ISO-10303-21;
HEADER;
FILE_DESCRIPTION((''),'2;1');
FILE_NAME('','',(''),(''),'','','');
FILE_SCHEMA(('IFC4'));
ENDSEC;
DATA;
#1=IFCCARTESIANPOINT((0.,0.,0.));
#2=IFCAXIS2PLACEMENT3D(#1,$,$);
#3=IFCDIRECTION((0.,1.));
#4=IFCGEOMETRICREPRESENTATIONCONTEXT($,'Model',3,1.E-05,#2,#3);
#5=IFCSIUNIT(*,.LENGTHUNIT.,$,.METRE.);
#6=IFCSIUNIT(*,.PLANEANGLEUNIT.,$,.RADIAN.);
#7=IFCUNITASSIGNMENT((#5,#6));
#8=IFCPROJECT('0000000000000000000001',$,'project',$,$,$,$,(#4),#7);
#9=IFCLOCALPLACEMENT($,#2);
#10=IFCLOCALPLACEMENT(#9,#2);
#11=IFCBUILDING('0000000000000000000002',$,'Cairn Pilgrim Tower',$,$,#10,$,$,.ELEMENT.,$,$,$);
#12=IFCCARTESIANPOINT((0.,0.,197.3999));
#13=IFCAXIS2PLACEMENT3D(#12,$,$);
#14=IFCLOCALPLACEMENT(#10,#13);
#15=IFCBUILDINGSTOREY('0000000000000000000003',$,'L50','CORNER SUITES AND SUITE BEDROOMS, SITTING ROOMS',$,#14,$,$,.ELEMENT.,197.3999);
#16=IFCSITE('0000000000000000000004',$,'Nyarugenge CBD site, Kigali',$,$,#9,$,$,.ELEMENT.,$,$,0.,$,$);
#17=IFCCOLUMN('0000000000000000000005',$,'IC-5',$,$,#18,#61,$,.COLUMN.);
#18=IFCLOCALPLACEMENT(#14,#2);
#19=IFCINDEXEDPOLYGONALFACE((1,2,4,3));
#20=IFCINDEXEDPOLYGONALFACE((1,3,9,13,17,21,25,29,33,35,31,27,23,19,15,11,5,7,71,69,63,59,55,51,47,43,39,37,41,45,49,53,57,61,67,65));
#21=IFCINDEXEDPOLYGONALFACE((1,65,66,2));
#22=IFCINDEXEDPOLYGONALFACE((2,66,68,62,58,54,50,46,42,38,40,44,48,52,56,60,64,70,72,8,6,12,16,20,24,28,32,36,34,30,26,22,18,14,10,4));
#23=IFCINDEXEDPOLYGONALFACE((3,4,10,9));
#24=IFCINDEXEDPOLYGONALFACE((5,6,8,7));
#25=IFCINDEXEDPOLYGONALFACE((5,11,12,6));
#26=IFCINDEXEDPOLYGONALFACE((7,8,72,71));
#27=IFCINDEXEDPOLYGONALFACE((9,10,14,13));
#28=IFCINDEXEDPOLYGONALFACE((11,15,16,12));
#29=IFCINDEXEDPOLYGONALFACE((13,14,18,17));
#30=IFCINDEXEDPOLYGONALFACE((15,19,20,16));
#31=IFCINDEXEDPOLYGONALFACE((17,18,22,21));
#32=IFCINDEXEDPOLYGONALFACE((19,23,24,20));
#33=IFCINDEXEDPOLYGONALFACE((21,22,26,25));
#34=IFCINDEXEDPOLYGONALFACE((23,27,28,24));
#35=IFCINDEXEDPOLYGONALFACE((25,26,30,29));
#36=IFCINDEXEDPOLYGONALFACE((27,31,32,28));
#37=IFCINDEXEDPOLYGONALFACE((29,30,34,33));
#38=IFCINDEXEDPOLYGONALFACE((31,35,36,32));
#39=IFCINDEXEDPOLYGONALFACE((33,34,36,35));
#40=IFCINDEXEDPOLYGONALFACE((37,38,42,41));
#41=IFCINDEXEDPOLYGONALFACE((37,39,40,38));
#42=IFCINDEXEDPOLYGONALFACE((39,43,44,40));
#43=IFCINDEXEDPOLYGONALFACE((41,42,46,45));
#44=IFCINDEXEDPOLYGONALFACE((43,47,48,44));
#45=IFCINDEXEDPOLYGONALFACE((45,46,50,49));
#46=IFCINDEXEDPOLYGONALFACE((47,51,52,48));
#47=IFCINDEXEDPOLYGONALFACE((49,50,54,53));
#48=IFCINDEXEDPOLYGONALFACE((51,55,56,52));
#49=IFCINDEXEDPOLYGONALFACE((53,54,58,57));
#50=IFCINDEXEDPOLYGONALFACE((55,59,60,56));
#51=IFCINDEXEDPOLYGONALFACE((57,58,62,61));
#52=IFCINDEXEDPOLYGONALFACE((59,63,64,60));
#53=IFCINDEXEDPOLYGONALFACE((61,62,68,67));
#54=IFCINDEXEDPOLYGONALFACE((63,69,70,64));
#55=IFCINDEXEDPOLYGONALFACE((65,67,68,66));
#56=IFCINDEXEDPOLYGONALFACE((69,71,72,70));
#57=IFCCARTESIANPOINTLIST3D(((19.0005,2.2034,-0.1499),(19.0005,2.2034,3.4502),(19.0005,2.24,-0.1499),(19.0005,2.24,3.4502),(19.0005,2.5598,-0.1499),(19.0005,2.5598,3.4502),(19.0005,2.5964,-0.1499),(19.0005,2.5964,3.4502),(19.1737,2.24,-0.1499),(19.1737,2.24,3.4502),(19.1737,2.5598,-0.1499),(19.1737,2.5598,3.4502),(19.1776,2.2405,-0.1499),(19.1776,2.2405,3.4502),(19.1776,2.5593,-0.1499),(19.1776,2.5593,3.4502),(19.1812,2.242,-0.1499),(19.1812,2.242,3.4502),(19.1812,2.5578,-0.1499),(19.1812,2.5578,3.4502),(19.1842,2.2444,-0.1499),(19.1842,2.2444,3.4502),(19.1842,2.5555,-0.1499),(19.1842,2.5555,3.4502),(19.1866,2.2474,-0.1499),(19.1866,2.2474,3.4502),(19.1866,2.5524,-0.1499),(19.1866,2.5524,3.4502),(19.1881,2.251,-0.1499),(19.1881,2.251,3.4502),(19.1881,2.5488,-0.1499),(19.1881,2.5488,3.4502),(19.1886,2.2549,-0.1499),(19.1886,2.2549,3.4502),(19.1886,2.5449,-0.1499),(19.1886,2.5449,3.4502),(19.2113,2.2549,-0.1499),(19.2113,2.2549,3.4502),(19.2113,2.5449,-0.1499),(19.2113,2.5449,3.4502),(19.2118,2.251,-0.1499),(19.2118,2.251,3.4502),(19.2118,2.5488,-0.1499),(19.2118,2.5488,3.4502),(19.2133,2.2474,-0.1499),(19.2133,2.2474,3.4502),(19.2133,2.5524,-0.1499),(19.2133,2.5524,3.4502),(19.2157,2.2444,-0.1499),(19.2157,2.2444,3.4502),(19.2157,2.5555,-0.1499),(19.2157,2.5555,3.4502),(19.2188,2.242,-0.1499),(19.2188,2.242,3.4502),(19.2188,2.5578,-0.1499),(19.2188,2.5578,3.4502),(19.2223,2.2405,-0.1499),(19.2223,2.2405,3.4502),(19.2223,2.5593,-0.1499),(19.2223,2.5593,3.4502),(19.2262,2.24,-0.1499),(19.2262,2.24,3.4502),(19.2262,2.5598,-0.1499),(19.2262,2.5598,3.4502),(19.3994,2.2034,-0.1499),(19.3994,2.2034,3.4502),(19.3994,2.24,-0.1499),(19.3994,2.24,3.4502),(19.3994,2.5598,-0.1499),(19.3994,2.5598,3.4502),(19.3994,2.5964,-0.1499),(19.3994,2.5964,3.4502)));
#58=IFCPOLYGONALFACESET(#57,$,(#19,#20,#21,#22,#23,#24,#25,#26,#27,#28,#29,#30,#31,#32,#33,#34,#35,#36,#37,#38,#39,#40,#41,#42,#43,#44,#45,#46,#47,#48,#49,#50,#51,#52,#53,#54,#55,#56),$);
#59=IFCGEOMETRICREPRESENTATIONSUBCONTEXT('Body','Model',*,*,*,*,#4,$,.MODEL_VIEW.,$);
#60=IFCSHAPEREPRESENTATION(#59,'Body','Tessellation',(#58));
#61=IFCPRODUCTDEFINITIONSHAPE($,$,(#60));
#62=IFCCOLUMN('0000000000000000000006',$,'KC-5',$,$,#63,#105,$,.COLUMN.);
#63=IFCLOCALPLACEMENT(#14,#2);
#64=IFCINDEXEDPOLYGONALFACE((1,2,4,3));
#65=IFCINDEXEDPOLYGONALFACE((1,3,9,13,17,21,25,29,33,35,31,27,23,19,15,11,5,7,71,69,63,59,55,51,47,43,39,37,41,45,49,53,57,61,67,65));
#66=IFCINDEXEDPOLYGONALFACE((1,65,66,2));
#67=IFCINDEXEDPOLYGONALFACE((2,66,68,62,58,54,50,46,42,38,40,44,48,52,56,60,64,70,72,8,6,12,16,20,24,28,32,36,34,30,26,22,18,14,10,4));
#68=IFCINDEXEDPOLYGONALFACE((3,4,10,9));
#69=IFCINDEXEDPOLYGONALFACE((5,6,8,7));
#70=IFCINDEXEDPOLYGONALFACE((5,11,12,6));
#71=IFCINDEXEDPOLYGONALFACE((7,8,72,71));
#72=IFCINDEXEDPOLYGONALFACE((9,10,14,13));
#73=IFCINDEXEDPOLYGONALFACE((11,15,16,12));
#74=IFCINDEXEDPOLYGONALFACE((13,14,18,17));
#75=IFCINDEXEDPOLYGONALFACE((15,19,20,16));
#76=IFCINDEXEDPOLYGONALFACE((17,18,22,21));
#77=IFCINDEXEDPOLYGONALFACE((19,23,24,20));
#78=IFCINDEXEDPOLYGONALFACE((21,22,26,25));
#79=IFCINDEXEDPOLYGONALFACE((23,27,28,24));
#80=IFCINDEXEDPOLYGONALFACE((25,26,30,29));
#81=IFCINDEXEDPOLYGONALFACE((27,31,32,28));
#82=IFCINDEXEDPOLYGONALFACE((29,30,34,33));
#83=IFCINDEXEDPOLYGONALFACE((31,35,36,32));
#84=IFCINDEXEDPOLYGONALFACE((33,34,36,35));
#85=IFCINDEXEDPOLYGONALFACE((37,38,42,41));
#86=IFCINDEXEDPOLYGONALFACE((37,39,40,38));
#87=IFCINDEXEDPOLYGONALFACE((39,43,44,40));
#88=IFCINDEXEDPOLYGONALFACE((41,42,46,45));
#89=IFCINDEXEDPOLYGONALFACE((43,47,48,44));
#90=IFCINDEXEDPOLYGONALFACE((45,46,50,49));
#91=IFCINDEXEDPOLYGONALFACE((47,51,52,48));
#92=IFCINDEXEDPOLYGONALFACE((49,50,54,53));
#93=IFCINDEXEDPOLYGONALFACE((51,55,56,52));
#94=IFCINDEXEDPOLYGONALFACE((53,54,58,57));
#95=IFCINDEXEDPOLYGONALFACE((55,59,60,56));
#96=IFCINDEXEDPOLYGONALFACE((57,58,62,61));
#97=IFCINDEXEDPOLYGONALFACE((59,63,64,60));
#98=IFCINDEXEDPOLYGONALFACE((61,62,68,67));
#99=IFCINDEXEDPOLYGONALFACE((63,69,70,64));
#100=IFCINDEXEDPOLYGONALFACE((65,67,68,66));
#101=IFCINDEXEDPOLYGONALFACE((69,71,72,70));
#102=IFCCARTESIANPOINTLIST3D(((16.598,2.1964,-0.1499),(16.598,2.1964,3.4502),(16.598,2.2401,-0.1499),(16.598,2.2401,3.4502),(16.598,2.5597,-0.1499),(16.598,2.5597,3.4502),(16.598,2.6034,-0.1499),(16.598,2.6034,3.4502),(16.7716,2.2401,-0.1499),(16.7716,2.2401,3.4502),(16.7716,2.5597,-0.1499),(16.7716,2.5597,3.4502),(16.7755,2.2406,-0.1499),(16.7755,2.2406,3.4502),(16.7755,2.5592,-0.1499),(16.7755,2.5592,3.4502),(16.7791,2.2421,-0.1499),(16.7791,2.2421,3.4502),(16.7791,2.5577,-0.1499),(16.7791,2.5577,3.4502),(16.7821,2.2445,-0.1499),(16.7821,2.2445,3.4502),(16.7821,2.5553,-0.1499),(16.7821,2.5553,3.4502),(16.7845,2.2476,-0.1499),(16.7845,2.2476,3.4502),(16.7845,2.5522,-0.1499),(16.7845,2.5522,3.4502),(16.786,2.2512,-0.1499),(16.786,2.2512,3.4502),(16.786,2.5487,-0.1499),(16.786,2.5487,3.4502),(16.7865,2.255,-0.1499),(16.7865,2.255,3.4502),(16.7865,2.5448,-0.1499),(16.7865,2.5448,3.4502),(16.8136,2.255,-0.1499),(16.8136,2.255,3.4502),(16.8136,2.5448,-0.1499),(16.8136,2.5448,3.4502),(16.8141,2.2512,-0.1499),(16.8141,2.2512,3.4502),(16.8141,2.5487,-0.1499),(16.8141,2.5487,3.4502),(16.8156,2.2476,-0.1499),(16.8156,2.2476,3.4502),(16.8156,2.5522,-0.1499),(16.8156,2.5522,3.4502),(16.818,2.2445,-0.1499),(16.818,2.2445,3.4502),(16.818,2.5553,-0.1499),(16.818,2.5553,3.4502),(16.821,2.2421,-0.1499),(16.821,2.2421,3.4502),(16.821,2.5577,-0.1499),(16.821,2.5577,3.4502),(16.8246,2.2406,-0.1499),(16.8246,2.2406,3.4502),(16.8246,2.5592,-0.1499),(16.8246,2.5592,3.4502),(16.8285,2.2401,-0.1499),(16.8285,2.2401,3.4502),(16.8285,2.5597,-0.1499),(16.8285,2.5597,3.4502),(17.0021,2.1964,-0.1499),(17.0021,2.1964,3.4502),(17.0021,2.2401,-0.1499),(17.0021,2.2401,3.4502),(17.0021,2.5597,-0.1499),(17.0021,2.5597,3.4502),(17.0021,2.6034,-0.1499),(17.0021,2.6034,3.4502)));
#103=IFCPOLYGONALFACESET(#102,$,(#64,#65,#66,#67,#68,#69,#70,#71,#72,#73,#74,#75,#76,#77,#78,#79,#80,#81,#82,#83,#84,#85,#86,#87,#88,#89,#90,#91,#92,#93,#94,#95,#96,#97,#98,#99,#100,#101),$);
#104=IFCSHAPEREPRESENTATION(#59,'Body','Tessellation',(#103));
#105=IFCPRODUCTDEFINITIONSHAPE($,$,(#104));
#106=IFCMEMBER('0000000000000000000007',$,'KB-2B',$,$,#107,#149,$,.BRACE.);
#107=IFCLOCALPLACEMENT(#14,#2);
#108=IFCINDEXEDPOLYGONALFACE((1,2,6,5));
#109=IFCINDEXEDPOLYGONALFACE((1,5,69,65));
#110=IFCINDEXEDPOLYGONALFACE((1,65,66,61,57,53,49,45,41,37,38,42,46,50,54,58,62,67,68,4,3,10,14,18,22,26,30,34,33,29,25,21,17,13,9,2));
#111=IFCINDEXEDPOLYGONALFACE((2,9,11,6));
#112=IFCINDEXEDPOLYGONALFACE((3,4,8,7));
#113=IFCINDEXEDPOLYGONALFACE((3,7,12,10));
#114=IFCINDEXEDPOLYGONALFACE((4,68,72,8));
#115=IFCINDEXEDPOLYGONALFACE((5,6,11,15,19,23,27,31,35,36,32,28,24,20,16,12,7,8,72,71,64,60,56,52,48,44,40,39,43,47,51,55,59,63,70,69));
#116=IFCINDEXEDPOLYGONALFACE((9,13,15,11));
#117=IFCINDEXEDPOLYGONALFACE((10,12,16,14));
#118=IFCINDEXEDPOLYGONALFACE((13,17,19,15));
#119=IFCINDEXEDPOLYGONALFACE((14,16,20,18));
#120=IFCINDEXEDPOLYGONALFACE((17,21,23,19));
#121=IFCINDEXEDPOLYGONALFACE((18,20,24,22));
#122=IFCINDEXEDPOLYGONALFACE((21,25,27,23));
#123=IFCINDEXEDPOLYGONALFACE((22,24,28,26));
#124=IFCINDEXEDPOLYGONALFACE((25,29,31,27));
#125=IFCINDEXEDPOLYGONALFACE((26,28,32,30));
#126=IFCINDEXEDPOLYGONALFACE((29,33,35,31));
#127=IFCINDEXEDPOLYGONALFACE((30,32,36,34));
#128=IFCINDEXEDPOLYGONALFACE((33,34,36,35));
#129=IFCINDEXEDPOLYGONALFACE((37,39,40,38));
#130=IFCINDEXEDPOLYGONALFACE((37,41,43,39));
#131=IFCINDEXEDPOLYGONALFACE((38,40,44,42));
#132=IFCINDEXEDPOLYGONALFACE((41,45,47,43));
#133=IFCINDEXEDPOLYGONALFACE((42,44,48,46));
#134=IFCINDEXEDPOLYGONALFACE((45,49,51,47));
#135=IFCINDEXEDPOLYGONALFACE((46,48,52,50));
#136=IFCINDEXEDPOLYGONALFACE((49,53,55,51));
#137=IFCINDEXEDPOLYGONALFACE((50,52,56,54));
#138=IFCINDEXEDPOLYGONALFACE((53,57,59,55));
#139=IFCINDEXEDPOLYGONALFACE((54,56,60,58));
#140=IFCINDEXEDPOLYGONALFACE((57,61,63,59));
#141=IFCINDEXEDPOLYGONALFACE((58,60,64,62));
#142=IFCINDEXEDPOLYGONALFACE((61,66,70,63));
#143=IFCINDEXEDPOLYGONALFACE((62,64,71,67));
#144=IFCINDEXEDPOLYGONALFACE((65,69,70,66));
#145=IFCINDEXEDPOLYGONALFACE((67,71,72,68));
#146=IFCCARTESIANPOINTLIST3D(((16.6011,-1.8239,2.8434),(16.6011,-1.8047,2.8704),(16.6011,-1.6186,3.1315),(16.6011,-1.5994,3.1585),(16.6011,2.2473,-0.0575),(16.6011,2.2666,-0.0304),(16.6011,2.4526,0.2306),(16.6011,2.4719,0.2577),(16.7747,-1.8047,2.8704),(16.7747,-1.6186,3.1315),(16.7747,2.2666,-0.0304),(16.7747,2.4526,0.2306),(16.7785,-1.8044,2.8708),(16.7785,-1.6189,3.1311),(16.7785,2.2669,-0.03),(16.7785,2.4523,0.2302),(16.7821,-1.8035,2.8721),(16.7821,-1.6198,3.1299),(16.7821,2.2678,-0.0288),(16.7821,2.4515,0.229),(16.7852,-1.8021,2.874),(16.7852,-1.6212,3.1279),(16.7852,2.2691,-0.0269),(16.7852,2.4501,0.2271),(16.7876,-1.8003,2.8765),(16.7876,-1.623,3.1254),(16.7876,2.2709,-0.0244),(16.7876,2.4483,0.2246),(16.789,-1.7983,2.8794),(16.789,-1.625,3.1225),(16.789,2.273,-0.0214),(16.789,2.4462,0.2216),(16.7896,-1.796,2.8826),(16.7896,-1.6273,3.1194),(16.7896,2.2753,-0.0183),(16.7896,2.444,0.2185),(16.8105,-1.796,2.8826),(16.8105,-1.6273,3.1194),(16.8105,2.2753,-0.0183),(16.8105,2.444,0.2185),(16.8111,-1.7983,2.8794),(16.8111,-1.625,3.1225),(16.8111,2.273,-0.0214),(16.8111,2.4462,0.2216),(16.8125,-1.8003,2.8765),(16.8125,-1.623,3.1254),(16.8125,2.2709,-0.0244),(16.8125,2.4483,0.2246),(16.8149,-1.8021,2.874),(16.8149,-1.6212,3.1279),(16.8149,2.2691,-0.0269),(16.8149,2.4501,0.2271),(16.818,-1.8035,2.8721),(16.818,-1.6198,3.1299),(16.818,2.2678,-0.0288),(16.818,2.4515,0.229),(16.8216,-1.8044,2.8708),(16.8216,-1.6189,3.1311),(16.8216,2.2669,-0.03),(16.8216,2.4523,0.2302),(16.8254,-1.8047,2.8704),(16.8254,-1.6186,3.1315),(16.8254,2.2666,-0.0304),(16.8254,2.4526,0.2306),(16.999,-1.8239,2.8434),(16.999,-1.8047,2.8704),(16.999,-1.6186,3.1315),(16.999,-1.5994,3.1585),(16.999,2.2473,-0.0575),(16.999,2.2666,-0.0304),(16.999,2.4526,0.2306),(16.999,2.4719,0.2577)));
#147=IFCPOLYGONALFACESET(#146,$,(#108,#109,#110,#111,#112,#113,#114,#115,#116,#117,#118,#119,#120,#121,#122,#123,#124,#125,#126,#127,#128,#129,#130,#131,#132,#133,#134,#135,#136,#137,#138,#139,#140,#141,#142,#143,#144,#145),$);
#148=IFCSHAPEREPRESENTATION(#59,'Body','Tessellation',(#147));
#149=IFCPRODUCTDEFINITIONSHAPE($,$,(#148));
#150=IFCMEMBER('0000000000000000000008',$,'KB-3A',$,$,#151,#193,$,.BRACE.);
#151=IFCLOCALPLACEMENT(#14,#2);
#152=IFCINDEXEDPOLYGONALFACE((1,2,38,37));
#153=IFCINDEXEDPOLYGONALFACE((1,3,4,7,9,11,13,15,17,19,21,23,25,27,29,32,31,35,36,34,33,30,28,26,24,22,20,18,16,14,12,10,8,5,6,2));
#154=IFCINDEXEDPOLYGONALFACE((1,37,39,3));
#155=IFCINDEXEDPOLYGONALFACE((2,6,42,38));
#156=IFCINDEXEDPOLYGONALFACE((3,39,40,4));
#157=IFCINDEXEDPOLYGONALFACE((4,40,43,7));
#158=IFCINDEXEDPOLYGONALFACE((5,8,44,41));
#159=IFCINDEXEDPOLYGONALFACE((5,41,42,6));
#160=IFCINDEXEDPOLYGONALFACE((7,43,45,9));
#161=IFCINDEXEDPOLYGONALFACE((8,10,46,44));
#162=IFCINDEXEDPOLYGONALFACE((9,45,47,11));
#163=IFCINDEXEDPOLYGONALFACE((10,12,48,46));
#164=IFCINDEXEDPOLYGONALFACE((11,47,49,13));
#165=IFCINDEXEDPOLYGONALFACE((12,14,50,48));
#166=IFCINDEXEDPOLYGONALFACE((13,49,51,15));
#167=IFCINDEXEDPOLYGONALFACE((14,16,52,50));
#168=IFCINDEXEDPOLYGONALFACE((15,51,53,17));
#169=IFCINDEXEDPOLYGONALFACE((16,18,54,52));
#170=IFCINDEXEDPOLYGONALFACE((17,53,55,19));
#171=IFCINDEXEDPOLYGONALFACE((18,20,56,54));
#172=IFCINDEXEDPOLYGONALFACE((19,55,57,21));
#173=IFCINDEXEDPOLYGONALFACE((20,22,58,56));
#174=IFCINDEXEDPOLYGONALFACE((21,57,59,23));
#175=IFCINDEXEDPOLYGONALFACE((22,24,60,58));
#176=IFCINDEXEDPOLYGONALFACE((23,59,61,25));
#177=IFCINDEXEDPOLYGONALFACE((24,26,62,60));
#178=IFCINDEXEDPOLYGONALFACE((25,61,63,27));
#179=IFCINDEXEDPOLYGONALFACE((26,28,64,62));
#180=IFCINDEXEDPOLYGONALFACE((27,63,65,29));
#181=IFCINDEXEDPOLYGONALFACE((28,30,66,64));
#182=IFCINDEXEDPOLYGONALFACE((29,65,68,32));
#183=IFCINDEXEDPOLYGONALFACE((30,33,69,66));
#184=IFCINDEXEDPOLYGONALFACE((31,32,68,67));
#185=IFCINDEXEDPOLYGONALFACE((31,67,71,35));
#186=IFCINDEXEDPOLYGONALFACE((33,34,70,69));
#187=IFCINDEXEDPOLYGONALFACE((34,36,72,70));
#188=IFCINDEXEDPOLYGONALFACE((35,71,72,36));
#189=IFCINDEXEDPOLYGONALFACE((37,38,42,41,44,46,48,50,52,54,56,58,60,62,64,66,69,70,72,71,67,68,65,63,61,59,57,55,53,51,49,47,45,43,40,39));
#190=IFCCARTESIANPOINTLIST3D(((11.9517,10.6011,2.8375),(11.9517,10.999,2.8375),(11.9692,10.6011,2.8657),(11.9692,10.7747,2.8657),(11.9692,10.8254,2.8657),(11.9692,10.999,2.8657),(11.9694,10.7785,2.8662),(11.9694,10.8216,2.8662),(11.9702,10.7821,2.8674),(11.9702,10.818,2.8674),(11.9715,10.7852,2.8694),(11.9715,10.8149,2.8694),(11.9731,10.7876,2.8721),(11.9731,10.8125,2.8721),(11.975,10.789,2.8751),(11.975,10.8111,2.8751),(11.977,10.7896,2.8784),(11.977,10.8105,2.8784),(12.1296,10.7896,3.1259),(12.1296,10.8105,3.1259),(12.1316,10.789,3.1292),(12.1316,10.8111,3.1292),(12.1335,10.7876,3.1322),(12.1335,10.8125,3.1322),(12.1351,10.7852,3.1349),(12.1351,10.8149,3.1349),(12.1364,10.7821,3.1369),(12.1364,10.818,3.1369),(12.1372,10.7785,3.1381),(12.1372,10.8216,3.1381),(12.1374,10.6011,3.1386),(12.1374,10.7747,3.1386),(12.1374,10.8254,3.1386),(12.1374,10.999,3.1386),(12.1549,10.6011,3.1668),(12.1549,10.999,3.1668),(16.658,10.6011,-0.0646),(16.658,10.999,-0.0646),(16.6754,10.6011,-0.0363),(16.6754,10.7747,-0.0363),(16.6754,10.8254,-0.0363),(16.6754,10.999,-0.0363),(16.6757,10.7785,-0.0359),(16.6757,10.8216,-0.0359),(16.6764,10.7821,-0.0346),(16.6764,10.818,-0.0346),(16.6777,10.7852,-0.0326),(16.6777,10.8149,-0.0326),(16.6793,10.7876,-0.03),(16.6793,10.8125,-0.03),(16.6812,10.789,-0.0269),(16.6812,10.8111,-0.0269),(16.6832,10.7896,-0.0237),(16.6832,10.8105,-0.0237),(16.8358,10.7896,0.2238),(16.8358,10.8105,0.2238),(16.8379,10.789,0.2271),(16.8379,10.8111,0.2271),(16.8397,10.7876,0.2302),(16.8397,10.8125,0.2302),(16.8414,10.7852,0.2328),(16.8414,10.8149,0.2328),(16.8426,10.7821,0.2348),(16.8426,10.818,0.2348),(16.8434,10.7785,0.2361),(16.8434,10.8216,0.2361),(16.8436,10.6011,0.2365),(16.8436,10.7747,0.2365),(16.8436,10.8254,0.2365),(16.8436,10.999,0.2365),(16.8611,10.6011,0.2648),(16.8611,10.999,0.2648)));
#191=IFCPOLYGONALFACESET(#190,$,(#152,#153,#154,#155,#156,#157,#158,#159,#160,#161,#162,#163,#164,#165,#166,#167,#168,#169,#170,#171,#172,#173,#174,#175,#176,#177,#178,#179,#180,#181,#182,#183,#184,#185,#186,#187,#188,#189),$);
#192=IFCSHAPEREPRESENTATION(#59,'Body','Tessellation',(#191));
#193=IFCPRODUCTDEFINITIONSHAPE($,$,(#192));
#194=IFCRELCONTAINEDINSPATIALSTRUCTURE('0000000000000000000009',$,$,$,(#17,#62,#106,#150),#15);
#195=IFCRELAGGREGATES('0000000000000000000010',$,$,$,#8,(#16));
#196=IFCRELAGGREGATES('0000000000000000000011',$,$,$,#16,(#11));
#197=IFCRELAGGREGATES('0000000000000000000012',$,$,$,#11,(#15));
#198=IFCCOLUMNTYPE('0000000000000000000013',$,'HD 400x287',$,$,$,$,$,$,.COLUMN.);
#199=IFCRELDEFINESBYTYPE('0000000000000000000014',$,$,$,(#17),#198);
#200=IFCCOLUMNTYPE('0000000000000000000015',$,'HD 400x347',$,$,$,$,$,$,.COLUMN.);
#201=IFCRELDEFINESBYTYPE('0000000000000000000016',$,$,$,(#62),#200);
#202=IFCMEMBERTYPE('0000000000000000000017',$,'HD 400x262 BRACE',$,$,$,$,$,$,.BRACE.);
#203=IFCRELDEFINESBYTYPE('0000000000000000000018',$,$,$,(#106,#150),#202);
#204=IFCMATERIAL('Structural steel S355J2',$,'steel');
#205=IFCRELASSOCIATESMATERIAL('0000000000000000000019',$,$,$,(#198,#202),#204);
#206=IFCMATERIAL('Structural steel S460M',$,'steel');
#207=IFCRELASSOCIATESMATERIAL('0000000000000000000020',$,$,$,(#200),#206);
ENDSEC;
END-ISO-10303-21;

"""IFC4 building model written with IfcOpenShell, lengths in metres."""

from ifc_helpers import new_model, si_unit, direction, frame, origin, origin_2d, place, context, subcontext, project, spatial, i_section, extrude, material, material_profile, profile_set, type_object, element, save


model = new_model("IFC4")

# Units and contexts
model_context = context("Model", 3, precision=1e-05, world=origin(), true_north=direction((0.0, 1.0)))
body_context = subcontext(model_context, "Body", "Model", "MODEL_VIEW")
ifc_project = project(units=[si_unit("LENGTHUNIT", "METRE"), si_unit("PLANEANGLEUNIT", "RADIAN")], contexts=[model_context])

# Site, building, storey
site_placement = place(None, origin())
site = spatial("IfcSite", under=ifc_project, at=site_placement, Name="Nyarugenge CBD site, Kigali", CompositionType="ELEMENT", RefElevation=0.0)
building_placement = place(site_placement, origin())
building = spatial("IfcBuilding", under=site, at=building_placement, Name="Cairn Pilgrim Tower", CompositionType="ELEMENT")
storey_placement = place(building_placement, frame((0.0, 0.0, 197.3999)))
storey = spatial("IfcBuildingStorey", under=building, at=storey_placement, Name="L50", Description="CORNER SUITES AND SUITE BEDROOMS, SITTING ROOMS", CompositionType="ELEMENT", Elevation=197.3999)

# Columns
ifc_material_1 = material(Name="Structural steel S355J2", Category="steel")
ifc_material_profile_1 = material_profile(ifc_material_1, i_section(OverallWidth=0.3989, OverallDepth=0.3931, WebThickness=0.0227, FlangeThickness=0.0366, FilletRadius=0.0149, at=origin_2d()), Name="HD 400x287")
ifc_profile_set_1 = profile_set([ifc_material_profile_1], Name="Structural steel S355J2")
column_type_1 = type_object("IfcColumnType", Name="HD 400x287", PredefinedType="COLUMN", material=ifc_profile_set_1)
column_1_placement = place(storey_placement, frame((19.2, 2.3999, -0.1499), z_axis=(0.0, 0.0, 1.0), x_axis=(1.0, 0.0, 0.0)))
element("IfcColumn", 1, at=column_1_placement, inside=storey, type_object=column_type_1, Name="IC-5", PredefinedType="COLUMN", context=body_context, shape_type="SweptSolid", body=[
    extrude(i_section(OverallWidth=0.3989, OverallDepth=0.3931, WebThickness=0.0227, FlangeThickness=0.0366, FilletRadius=0.0149, at=origin_2d()), origin(), (0.0, 0.0, 1.0), 3.6001),
])
ifc_material_2 = material(Name="Structural steel S460M", Category="steel")
ifc_material_profile_2 = material_profile(ifc_material_2, i_section(OverallWidth=0.4041, OverallDepth=0.407, WebThickness=0.0271, FlangeThickness=0.0437, FilletRadius=0.0149, at=origin_2d()), Name="HD 400x347")
ifc_profile_set_2 = profile_set([ifc_material_profile_2], Name="Structural steel S460M")
column_type_2 = type_object("IfcColumnType", Name="HD 400x347", PredefinedType="COLUMN", material=ifc_profile_set_2)
column_2_placement = place(storey_placement, frame((16.8, 2.3999, -0.1499), z_axis=(0.0, 0.0, 1.0), x_axis=(1.0, 0.0, 0.0)))
element("IfcColumn", 2, at=column_2_placement, inside=storey, type_object=column_type_2, Name="KC-5", PredefinedType="COLUMN", context=body_context, shape_type="SweptSolid", body=[
    extrude(i_section(OverallWidth=0.4041, OverallDepth=0.407, WebThickness=0.0271, FlangeThickness=0.0437, FilletRadius=0.0149, at=origin_2d()), origin(), (0.0, 0.0, 1.0), 3.6001),
])

# Members
ifc_material_profile_3 = material_profile(ifc_material_1, i_section(OverallWidth=0.3979, OverallDepth=0.387, WebThickness=0.021, FlangeThickness=0.0332, FilletRadius=0.0149, at=origin_2d()), Name="HD 400x262")
ifc_profile_set_3 = profile_set([ifc_material_profile_3], Name="Structural steel S355J2")
member_type = type_object("IfcMemberType", Name="HD 400x262 BRACE", PredefinedType="BRACE", material=ifc_profile_set_3)
member_1_placement = place(storey_placement, frame((16.8, 2.3596, 0.1001), z_axis=(0.0, -0.814413, 0.580286), x_axis=(1.0, 0.0, 0.0)))
element("IfcMember", 3, at=member_1_placement, inside=storey, type_object=member_type, Name="KB-2B", PredefinedType="BRACE", context=body_context, shape_type="SweptSolid", body=[
    extrude(i_section(OverallWidth=0.3979, OverallDepth=0.387, WebThickness=0.021, FlangeThickness=0.0332, FilletRadius=0.0149, at=origin_2d()), origin(), (0.0, 0.0, 1.0), 4.999),
])
member_2_placement = place(storey_placement, frame((16.7595, 10.8, 0.1001), z_axis=(-0.85118, 0.0, 0.524873), x_axis=(0.0, -1.0, 0.0)))
element("IfcMember", 4, at=member_2_placement, inside=storey, type_object=member_type, Name="KB-3A", PredefinedType="BRACE", context=body_context, shape_type="SweptSolid", body=[
    extrude(i_section(OverallWidth=0.3979, OverallDepth=0.387, WebThickness=0.021, FlangeThickness=0.0332, FilletRadius=0.0149, at=origin_2d()), origin(), (0.0, 0.0, 1.0), 5.5291),
])

save(model, "model.ifc")
